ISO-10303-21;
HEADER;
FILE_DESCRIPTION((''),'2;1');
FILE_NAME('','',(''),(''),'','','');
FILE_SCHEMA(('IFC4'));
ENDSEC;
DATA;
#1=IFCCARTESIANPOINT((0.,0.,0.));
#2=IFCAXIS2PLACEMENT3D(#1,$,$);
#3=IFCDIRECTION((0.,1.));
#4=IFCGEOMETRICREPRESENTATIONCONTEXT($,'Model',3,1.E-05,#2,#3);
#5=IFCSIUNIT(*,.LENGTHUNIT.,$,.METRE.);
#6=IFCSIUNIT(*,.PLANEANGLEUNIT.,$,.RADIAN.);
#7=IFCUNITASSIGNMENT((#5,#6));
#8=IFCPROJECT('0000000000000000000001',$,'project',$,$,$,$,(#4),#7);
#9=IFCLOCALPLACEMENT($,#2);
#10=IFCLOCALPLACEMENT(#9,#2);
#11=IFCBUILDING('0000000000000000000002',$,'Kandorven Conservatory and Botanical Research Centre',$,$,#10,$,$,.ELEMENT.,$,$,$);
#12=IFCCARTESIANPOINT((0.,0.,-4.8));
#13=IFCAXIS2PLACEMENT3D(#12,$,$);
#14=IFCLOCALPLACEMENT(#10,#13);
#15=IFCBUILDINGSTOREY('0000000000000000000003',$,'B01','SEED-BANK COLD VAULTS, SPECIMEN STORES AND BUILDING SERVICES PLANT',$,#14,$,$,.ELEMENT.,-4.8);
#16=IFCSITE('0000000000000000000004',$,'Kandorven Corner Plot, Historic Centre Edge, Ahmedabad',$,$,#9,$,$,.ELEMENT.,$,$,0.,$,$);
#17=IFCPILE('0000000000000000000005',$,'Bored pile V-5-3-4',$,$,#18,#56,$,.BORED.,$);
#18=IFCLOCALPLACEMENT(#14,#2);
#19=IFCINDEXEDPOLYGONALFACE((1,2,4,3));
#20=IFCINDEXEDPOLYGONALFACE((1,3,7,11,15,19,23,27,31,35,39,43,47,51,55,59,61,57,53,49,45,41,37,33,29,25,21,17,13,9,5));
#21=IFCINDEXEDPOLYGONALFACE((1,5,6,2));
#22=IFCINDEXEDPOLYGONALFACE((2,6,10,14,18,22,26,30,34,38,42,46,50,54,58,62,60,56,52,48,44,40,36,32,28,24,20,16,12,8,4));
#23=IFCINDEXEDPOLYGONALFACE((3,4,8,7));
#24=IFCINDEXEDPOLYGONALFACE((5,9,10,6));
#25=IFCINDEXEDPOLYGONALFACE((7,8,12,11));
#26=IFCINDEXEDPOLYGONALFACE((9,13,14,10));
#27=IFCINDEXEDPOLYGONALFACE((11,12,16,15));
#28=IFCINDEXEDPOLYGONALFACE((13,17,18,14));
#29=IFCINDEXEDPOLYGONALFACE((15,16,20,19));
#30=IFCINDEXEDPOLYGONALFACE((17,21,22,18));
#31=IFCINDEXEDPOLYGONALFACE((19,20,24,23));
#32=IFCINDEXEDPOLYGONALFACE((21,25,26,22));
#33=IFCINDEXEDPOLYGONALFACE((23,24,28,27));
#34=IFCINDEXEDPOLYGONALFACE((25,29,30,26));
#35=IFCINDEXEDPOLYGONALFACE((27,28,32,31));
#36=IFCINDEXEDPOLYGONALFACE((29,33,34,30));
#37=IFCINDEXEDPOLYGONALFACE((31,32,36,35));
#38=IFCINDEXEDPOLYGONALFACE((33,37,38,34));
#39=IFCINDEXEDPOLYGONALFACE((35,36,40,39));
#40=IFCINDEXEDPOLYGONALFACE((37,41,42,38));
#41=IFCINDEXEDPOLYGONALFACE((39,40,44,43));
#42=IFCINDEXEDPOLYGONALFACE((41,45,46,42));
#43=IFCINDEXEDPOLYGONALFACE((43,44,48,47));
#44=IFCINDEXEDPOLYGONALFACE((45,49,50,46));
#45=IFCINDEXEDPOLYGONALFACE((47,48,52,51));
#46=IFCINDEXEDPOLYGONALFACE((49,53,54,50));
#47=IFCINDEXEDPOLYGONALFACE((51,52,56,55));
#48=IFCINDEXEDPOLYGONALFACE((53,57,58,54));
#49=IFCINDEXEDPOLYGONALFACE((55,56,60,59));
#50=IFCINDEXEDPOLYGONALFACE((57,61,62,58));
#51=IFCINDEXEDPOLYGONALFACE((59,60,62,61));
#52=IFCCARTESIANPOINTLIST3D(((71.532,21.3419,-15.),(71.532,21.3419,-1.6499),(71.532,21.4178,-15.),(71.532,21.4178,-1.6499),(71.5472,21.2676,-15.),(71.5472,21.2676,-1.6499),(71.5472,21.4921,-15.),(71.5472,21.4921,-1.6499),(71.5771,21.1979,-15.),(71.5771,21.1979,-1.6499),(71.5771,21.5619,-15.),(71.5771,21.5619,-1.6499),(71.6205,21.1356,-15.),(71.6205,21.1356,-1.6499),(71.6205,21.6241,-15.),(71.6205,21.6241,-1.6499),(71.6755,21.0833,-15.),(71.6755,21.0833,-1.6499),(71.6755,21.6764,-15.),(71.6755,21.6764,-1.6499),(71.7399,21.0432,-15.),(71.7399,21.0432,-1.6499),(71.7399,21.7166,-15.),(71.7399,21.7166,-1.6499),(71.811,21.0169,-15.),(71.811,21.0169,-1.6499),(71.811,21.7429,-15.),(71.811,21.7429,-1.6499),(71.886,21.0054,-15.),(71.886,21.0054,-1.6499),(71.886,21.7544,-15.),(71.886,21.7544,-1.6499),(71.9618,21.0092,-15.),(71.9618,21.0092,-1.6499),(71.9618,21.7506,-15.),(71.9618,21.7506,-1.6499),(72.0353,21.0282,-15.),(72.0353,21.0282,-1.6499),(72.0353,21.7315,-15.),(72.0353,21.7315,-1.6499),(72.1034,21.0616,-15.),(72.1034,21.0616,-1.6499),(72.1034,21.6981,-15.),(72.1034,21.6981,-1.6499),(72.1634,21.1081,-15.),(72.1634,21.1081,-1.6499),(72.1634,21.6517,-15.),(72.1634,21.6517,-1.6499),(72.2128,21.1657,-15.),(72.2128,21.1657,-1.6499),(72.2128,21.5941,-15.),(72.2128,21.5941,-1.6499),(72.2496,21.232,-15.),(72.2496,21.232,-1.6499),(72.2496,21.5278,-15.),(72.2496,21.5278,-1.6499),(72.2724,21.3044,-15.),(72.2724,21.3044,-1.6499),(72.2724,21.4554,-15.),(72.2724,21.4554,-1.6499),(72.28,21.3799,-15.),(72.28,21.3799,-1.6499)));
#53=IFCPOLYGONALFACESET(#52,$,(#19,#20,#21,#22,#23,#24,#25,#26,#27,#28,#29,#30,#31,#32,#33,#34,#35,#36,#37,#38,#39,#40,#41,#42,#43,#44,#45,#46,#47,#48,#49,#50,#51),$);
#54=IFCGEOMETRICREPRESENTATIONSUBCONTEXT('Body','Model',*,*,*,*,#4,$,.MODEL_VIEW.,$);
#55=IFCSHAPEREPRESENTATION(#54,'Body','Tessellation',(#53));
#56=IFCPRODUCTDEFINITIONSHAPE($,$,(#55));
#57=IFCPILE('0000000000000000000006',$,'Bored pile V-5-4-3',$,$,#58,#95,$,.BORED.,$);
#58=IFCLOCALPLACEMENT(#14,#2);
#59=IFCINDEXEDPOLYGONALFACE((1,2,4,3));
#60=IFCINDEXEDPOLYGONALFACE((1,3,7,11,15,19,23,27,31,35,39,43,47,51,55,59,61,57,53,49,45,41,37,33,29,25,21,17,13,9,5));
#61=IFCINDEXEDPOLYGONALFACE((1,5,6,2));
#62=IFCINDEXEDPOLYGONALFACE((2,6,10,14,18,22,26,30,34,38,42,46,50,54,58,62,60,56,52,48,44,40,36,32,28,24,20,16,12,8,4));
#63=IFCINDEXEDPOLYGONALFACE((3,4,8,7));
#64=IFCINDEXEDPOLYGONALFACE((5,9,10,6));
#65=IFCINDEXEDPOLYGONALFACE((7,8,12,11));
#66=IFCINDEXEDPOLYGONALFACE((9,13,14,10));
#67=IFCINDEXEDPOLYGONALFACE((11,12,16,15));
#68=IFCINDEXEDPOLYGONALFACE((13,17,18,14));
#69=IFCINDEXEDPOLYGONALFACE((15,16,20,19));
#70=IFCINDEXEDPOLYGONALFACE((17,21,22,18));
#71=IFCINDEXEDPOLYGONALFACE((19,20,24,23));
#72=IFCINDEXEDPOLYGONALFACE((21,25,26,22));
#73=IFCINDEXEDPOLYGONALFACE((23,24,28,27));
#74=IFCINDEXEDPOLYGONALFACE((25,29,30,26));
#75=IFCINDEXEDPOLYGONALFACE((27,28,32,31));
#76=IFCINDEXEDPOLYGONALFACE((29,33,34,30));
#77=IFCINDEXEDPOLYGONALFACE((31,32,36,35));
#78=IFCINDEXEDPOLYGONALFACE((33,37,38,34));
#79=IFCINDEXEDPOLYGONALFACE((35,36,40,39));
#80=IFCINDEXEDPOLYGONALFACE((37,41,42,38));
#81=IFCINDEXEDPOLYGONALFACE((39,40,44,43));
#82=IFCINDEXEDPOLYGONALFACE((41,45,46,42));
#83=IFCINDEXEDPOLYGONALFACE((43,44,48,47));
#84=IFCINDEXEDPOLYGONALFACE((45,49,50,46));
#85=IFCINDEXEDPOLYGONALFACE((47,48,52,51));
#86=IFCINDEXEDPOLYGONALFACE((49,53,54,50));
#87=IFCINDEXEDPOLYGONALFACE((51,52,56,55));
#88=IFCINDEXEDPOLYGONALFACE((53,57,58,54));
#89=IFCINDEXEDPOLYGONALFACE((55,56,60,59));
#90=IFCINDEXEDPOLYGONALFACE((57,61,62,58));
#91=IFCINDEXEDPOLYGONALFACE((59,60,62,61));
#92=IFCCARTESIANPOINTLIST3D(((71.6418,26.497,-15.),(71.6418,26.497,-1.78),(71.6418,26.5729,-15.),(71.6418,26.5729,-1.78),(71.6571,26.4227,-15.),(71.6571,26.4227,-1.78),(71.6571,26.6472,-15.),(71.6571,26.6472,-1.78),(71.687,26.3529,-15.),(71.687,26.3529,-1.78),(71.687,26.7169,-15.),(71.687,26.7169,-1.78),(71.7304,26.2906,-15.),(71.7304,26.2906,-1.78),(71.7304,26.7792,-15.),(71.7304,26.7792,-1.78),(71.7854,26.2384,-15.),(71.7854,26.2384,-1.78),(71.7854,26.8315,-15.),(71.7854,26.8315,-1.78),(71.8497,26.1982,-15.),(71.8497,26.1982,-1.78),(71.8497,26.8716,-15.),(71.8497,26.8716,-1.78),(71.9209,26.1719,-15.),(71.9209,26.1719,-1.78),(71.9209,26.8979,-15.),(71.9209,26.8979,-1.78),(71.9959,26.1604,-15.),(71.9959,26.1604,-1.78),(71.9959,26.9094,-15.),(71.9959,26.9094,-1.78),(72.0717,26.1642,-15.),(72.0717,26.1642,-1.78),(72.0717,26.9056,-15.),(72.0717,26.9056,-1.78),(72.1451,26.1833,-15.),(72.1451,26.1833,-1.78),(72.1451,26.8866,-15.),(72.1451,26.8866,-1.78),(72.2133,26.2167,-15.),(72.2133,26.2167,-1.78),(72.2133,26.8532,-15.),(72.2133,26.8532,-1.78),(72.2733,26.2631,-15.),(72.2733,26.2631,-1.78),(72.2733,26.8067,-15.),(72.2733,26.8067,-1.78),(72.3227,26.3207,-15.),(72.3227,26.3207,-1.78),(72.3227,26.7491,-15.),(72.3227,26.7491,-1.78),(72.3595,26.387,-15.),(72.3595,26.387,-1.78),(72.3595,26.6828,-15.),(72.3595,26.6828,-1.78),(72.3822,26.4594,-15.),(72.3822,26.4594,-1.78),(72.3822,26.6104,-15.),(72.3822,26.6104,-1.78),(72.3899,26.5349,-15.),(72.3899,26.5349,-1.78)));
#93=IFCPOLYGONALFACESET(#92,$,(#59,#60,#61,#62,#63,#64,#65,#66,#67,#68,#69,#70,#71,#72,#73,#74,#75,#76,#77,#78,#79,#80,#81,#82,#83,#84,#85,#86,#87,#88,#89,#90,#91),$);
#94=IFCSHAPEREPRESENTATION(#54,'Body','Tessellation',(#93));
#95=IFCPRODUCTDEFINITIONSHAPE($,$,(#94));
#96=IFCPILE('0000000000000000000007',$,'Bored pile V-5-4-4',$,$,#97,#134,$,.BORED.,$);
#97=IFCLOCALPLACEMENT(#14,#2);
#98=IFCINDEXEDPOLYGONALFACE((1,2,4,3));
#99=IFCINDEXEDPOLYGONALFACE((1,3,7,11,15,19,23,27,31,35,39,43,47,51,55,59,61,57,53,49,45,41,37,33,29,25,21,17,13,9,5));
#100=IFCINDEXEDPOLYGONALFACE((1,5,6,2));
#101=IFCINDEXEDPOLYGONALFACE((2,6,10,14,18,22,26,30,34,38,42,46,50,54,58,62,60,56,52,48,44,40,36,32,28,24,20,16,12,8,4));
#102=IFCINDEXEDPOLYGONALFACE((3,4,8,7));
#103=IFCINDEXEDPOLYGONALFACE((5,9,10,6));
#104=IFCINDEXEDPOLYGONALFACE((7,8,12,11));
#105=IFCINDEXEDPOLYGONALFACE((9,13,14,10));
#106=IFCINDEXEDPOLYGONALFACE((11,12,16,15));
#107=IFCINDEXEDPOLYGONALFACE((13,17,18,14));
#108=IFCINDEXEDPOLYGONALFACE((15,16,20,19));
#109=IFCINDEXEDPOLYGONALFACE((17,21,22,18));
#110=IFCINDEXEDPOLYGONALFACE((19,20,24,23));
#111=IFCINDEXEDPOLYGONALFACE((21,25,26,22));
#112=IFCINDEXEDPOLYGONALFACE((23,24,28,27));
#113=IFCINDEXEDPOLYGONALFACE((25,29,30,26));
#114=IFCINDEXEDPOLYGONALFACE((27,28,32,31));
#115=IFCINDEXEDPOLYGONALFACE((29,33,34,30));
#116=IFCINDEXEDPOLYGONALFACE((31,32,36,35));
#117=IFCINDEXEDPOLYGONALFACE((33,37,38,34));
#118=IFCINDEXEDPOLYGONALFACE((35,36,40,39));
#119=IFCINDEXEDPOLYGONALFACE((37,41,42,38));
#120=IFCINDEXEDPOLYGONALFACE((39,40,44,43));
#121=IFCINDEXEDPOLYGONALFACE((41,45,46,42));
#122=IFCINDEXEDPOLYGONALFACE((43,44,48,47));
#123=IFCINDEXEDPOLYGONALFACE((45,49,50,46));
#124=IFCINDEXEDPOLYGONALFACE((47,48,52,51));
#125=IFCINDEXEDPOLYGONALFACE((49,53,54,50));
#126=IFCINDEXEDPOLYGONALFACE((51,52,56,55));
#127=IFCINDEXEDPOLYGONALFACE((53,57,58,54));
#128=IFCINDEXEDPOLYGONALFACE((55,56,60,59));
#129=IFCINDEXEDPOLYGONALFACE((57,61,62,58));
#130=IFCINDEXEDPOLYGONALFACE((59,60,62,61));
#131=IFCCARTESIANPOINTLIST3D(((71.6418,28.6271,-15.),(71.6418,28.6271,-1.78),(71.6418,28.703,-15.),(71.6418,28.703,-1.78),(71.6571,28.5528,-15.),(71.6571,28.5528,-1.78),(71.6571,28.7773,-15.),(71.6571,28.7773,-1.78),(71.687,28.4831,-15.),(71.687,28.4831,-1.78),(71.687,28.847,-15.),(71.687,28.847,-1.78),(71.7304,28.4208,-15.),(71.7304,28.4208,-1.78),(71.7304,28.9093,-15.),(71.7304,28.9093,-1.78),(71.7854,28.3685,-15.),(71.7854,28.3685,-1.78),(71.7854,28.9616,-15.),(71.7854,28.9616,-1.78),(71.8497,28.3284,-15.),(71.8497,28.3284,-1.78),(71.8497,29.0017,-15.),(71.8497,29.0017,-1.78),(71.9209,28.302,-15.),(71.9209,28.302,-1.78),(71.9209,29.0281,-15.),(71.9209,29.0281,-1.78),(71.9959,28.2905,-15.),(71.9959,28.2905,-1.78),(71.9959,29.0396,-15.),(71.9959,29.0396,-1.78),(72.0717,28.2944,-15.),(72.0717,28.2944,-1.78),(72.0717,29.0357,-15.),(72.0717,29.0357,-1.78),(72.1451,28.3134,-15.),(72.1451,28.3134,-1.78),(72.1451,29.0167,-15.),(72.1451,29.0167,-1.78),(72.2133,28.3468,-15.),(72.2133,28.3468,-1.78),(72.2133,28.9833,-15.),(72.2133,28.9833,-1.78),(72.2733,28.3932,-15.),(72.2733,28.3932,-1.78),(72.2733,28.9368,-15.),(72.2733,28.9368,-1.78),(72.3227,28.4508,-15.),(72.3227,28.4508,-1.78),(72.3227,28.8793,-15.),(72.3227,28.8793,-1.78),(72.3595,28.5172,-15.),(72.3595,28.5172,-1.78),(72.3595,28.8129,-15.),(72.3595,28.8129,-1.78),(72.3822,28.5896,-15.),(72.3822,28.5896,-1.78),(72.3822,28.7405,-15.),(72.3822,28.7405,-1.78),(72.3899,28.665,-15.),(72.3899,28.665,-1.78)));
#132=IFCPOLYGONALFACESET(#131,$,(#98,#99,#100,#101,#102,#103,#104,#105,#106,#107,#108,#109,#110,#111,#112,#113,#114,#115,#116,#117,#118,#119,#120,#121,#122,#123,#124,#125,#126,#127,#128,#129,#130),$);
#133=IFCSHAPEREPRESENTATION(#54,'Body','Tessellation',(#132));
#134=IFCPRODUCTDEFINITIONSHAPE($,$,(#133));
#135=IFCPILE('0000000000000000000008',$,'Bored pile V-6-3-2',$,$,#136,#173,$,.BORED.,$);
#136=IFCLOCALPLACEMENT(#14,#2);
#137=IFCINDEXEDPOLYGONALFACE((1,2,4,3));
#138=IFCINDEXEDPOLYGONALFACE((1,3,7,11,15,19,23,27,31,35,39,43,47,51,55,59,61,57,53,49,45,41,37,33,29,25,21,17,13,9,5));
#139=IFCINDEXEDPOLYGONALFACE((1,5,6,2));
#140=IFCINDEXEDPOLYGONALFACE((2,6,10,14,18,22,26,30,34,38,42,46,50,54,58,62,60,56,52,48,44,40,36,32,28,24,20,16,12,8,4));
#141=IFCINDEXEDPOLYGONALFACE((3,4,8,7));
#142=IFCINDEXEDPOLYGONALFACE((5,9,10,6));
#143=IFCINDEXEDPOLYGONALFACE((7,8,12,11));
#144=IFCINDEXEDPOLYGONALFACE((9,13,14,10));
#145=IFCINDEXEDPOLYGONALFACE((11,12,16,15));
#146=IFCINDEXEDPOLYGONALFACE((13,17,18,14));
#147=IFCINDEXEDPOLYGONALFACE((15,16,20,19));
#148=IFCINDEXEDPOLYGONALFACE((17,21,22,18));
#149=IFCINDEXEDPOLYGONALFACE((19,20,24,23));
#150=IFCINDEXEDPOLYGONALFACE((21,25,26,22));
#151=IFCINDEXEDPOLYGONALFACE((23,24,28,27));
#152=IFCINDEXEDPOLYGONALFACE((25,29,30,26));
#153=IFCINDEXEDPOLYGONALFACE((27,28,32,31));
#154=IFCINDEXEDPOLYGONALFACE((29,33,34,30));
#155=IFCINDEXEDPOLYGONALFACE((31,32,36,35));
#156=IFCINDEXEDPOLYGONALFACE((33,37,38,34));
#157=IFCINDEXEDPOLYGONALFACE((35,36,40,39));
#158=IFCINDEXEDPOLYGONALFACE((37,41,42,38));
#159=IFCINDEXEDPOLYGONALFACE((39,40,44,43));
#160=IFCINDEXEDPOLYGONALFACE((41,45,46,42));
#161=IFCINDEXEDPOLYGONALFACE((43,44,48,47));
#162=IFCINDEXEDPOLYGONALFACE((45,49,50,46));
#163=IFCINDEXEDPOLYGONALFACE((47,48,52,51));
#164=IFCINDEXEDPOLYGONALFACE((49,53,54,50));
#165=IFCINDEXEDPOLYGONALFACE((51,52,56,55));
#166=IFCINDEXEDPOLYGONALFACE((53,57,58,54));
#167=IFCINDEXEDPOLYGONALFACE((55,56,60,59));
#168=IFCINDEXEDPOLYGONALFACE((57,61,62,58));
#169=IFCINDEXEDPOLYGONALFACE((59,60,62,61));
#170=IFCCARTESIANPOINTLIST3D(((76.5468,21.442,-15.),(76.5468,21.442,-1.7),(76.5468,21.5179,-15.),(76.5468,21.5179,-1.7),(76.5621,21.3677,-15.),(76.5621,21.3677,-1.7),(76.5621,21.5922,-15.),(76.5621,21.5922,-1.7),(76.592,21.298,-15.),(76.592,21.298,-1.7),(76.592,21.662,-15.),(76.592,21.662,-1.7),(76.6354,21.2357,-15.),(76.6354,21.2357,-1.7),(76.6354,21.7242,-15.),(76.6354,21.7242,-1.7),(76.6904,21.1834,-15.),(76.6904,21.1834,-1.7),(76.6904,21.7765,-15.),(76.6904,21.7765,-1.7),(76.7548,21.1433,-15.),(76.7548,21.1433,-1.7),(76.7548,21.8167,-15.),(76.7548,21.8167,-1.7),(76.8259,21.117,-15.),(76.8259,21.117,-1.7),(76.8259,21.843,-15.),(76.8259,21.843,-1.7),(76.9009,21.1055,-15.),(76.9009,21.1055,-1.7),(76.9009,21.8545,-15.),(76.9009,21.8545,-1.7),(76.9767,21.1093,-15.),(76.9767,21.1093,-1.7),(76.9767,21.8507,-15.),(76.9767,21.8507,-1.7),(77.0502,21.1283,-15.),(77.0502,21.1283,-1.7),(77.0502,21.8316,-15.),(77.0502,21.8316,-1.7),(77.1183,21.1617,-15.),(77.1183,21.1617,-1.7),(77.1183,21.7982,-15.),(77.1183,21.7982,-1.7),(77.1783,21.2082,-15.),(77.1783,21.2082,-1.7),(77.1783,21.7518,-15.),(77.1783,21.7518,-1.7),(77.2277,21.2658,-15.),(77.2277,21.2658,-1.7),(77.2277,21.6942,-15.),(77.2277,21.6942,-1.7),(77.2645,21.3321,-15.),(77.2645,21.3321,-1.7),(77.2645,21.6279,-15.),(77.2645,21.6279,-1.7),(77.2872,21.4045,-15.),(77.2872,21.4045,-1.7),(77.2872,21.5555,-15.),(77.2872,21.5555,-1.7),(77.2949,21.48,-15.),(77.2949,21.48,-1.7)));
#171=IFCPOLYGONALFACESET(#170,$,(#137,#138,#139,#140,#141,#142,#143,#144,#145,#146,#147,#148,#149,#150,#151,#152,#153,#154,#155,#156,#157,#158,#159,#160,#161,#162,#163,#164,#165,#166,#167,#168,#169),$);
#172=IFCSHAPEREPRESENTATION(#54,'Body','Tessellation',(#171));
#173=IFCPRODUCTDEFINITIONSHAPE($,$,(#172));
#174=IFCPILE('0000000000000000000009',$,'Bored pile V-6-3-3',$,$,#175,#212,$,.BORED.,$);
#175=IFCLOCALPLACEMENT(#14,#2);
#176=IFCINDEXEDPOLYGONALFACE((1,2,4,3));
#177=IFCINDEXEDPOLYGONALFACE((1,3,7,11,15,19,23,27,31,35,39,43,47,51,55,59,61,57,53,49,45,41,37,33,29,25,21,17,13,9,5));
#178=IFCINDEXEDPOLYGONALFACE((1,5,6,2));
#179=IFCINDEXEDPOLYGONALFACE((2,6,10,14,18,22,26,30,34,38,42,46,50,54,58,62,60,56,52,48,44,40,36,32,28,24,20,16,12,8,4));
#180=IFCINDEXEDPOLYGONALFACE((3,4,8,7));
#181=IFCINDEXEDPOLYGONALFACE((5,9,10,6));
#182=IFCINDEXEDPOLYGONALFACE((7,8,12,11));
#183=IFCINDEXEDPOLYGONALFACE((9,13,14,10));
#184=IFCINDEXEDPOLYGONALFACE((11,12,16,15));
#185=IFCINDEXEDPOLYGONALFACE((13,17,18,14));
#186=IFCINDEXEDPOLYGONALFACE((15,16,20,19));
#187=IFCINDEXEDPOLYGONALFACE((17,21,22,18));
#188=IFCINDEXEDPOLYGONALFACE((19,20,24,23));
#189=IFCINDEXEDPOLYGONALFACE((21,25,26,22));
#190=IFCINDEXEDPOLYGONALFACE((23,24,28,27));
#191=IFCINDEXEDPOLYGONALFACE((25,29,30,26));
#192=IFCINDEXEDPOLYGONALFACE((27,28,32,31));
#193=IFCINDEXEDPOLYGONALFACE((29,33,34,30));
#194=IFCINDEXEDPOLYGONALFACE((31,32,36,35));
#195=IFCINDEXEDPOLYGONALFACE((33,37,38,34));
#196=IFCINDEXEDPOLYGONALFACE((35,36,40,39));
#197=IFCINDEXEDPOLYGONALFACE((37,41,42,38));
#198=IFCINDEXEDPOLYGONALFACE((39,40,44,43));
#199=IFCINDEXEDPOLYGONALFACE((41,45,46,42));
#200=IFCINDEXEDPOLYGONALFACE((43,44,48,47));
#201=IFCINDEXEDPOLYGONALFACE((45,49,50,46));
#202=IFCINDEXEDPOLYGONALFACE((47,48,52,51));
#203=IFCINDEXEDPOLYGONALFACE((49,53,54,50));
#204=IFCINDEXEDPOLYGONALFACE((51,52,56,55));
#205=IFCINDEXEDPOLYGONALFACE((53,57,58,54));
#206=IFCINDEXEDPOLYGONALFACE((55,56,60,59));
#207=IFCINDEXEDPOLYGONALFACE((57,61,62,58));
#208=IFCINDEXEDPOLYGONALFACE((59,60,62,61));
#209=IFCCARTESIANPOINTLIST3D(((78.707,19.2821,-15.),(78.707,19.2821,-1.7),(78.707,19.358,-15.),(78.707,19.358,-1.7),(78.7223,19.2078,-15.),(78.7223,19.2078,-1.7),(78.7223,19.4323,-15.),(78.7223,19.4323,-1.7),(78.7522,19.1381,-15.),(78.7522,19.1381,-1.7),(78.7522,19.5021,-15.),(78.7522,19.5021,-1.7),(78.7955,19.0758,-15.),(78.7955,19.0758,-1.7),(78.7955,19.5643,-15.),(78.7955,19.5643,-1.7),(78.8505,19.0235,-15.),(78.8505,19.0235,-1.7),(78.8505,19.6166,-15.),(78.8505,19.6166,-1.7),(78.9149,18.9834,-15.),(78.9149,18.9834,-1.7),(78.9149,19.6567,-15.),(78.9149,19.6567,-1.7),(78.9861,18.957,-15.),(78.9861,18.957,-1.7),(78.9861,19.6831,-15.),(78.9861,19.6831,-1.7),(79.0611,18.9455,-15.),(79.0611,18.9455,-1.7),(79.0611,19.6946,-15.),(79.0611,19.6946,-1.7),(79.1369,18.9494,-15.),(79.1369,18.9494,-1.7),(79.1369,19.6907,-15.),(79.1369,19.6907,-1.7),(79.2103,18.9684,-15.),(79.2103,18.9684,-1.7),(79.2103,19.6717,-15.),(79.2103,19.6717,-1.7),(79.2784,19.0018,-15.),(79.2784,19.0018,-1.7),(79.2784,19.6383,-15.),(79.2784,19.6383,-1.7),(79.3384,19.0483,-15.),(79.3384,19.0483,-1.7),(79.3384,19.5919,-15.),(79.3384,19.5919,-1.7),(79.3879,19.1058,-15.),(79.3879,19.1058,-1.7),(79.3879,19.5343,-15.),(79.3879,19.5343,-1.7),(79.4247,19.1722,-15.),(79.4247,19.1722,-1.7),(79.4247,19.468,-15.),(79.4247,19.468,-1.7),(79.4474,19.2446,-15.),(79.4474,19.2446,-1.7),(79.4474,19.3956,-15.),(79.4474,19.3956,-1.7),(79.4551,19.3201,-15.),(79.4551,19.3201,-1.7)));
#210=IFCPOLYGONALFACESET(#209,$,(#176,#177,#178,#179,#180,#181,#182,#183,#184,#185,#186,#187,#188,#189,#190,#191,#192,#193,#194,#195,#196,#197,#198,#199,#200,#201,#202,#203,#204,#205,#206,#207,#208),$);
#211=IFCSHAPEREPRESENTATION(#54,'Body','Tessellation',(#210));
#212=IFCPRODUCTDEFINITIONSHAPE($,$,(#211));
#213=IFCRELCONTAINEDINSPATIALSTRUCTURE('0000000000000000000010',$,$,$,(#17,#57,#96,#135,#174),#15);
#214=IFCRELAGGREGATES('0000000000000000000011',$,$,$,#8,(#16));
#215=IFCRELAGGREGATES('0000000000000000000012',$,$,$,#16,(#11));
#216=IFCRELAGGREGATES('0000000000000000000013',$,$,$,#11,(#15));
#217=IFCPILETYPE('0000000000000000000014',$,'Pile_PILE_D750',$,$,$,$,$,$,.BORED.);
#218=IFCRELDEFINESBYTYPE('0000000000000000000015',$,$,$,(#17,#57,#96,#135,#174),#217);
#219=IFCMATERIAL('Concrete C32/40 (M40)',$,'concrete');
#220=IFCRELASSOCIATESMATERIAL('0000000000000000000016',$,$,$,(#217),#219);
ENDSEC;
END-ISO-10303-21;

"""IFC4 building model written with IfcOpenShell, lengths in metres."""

from ifc_helpers import new_model, si_unit, direction, frame, origin, origin_2d, place, context, subcontext, project, spatial, circle, extrude, material, material_profile, profile_set, type_object, element, save


model = new_model("IFC4")

# Units and contexts
model_context = context("Model", 3, precision=1e-05, world=origin(), true_north=direction((0.0, 1.0)))
body_context = subcontext(model_context, "Body", "Model", "MODEL_VIEW")
ifc_project = project(units=[si_unit("LENGTHUNIT", "METRE"), si_unit("PLANEANGLEUNIT", "RADIAN")], contexts=[model_context])

# Site, building, storey
site_placement = place(None, origin())
site = spatial("IfcSite", under=ifc_project, at=site_placement, Name="Kandorven Corner Plot, Historic Centre Edge, Ahmedabad", CompositionType="ELEMENT", RefElevation=0.0)
building_placement = place(site_placement, origin())
building = spatial("IfcBuilding", under=site, at=building_placement, Name="Kandorven Conservatory and Botanical Research Centre", CompositionType="ELEMENT")
storey_placement = place(building_placement, frame((0.0, 0.0, -4.8)))
storey = spatial("IfcBuildingStorey", under=building, at=storey_placement, Name="B01", Description="SEED-BANK COLD VAULTS, SPECIMEN STORES AND BUILDING SERVICES PLANT", CompositionType="ELEMENT", Elevation=-4.8)

# Piles
ifc_material_1 = material(Name="Concrete C32/40 (M40)", Category="concrete")
ifc_material_profile_1 = material_profile(ifc_material_1, circle(Radius=0.375, at=origin_2d()))
ifc_profile_set_1 = profile_set([ifc_material_profile_1], Name="Concrete C32/40 (M40)")
pile_type = type_object("IfcPileType", Name="Pile_PILE_D750", PredefinedType="BORED", material=ifc_profile_set_1)
for number, where, z_axis, x_axis, name in (
    (1, (71.905, 21.3799, -1.6499), (0.0, 0.0, -1.0), (1.0, 0.0, 0.0), "Bored pile V-5-3-4"),
):
    element("IfcPile", number, at=place(storey_placement, frame(where, z_axis=z_axis, x_axis=x_axis)), inside=storey, type_object=pile_type, Name=name, PredefinedType="BORED", context=body_context, shape_type="SweptSolid", body=[
        extrude(circle(Radius=0.375, at=origin_2d()), origin(), (0.0, 0.0, 1.0), 13.3501),
    ])
for number, where, z_axis, x_axis, name in (
    (2, (72.0149, 26.5349, -1.78), (0.0, 0.0, -1.0), (1.0, 0.0, 0.0), "Bored pile V-5-4-3"),
    (3, (72.0149, 28.665, -1.78), (0.0, 0.0, -1.0), (1.0, 0.0, 0.0), "Bored pile V-5-4-4"),
):
    element("IfcPile", number, at=place(storey_placement, frame(where, z_axis=z_axis, x_axis=x_axis)), inside=storey, type_object=pile_type, Name=name, PredefinedType="BORED", context=body_context, shape_type="SweptSolid", body=[
        extrude(circle(Radius=0.375, at=origin_2d()), origin(), (0.0, 0.0, 1.0), 13.22),
    ])
for number, where, z_axis, x_axis, name in (
    (4, (76.9199, 21.48, -1.7), (0.0, 0.0, -1.0), (1.0, 0.0, 0.0), "Bored pile V-6-3-2"),
    (5, (79.0801, 19.3201, -1.7), (0.0, 0.0, -1.0), (1.0, 0.0, 0.0), "Bored pile V-6-3-3"),
):
    element("IfcPile", number, at=place(storey_placement, frame(where, z_axis=z_axis, x_axis=x_axis)), inside=storey, type_object=pile_type, Name=name, PredefinedType="BORED", context=body_context, shape_type="SweptSolid", body=[
        extrude(circle(Radius=0.375, at=origin_2d()), origin(), (0.0, 0.0, 1.0), 13.3),
    ])

save(model, "model.ifc")
